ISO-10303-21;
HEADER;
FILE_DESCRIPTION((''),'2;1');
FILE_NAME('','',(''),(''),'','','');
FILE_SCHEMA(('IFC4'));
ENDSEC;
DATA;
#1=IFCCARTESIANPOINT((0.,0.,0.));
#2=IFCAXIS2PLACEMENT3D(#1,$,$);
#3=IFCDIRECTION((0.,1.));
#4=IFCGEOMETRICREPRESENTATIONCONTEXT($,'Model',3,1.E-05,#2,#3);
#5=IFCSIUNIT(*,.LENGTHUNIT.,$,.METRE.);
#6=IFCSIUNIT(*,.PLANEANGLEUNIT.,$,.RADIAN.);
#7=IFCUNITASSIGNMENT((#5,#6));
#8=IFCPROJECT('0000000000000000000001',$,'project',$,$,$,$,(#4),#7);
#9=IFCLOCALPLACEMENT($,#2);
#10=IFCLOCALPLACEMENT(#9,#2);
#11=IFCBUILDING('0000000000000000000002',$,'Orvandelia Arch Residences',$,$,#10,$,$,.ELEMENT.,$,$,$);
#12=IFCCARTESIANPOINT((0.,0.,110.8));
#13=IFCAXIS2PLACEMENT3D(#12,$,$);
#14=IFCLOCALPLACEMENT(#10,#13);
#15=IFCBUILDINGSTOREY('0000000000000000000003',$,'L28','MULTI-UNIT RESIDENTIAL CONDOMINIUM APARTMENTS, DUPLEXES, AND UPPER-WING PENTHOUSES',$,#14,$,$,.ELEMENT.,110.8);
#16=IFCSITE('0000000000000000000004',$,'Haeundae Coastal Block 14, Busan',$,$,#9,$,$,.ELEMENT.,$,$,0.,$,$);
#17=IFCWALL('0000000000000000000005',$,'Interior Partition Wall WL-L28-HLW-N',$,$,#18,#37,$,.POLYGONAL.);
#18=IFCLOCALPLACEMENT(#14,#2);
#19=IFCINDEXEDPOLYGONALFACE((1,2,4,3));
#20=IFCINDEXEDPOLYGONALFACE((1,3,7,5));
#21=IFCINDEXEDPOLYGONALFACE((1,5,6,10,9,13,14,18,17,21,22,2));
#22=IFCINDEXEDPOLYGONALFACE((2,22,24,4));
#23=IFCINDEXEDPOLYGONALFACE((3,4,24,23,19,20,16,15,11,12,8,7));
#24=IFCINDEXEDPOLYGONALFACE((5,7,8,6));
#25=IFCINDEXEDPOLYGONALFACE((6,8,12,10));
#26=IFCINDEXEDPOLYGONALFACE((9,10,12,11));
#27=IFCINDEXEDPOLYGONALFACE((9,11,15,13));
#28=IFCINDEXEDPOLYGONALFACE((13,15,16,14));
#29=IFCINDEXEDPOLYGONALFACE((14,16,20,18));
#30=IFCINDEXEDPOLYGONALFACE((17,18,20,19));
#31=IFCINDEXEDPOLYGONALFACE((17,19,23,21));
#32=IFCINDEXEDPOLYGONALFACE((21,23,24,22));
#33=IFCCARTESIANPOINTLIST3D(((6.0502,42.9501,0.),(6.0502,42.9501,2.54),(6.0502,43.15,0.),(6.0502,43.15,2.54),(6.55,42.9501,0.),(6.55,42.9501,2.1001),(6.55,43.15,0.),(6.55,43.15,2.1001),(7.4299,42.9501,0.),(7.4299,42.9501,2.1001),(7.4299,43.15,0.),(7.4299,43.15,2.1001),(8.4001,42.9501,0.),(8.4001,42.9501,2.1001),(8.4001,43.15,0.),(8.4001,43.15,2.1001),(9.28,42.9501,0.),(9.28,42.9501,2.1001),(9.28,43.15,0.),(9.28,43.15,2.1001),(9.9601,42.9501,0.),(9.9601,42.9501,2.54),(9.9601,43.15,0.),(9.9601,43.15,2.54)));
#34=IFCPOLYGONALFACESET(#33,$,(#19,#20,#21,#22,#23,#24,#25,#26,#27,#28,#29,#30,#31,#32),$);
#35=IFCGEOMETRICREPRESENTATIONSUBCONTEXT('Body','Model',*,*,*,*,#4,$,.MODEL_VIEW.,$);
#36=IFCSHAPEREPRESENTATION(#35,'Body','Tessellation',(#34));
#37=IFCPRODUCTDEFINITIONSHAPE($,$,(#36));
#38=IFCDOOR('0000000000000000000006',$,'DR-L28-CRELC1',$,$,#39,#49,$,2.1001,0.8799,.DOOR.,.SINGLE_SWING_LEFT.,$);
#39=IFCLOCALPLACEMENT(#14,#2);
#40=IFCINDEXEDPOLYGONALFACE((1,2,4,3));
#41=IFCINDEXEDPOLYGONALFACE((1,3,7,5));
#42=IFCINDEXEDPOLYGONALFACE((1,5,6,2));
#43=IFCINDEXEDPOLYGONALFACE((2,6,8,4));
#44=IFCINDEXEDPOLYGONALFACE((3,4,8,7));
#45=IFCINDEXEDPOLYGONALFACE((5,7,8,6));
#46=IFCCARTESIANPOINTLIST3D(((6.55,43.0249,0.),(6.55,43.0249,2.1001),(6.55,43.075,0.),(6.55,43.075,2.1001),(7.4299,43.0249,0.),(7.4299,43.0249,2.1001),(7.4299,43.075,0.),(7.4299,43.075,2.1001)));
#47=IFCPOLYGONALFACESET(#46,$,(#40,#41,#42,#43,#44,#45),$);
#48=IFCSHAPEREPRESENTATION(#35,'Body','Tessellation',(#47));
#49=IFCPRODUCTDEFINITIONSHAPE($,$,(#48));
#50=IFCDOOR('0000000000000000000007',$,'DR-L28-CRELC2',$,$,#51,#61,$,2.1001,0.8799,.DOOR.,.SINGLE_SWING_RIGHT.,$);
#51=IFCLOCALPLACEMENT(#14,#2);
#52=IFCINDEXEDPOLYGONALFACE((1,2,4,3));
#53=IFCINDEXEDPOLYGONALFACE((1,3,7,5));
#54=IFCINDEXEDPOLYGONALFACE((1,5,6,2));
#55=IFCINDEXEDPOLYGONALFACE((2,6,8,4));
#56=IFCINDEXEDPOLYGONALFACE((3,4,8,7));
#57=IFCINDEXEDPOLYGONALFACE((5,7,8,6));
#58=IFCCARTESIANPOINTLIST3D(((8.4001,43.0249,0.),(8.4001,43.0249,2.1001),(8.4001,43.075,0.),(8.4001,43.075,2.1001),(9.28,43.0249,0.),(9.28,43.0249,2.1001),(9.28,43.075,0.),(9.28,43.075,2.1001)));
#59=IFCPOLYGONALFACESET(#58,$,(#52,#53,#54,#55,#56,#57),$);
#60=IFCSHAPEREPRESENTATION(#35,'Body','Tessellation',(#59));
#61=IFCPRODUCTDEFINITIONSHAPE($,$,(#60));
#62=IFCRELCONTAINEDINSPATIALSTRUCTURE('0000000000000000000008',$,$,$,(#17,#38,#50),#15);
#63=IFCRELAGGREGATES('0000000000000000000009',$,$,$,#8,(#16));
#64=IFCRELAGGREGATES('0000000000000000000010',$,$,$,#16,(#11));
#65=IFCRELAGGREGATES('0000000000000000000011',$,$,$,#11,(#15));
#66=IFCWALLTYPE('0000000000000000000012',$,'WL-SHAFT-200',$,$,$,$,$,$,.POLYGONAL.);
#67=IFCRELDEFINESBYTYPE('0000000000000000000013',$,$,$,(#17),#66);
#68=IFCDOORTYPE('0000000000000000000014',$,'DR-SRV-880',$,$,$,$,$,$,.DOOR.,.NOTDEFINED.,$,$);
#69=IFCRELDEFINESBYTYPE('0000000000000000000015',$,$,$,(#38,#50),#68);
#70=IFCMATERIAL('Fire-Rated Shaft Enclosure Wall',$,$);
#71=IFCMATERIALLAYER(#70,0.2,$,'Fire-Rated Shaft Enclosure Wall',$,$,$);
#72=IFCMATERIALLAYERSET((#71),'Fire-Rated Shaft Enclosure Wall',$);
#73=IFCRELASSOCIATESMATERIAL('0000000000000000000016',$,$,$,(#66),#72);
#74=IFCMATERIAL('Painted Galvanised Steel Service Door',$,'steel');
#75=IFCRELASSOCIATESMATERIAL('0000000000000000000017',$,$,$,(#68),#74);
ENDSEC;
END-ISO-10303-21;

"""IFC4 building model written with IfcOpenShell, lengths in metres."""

from ifc_helpers import new_model, si_unit, direction, frame, frame_2d, origin, place, context, subcontext, project, spatial, rectangle, extrude, material, layer, layer_set, type_object, element, fill, save


model = new_model("IFC4")

# Units and contexts
model_context = context("Model", 3, precision=1e-05, world=origin(), true_north=direction((0.0, 1.0)))
body_context = subcontext(model_context, "Body", "Model", "MODEL_VIEW")
ifc_project = project(units=[si_unit("LENGTHUNIT", "METRE"), si_unit("PLANEANGLEUNIT", "RADIAN")], contexts=[model_context])

# Site, building, storey
site_placement = place(None, origin())
site = spatial("IfcSite", under=ifc_project, at=site_placement, Name="Haeundae Coastal Block 14, Busan", CompositionType="ELEMENT", RefElevation=0.0)
building_placement = place(site_placement, origin())
building = spatial("IfcBuilding", under=site, at=building_placement, Name="Orvandelia Arch Residences", CompositionType="ELEMENT")
storey_placement = place(building_placement, frame((0.0, 0.0, 110.8)))
storey = spatial("IfcBuildingStorey", under=building, at=storey_placement, Name="L28", Description="MULTI-UNIT RESIDENTIAL CONDOMINIUM APARTMENTS, DUPLEXES, AND UPPER-WING PENTHOUSES", CompositionType="ELEMENT", Elevation=110.8)

# Wall, openings, doors
ifc_material_1 = material(Name="Fire-Rated Shaft Enclosure Wall")
ifc_layer_1 = layer(ifc_material_1, 0.2, Name="Fire-Rated Shaft Enclosure Wall")
ifc_layer_set_1 = layer_set([ifc_layer_1], Name="Fire-Rated Shaft Enclosure Wall")
wall_type_1 = type_object("IfcWallType", Name="WL-SHAFT-200", PredefinedType="POLYGONAL", material=ifc_layer_set_1)
wall_1_placement = place(storey_placement, frame((6.05, 43.05, 0.0), z_axis=(0.0, 0.0, 1.0), x_axis=(1.0, 0.0, 0.0)))
wall_1 = element("IfcWall", 1, at=wall_1_placement, inside=storey, type_object=wall_type_1, Name="Interior Partition Wall WL-L28-HLW-N", PredefinedType="POLYGONAL", context=body_context, shape_type="SweptSolid", body=[
    extrude(rectangle(XDim=3.9099, YDim=0.2, at=frame_2d((1.9551, 0.0))), origin(), (0.0, 0.0, 1.0), 2.54),
])
opening_1_placement = place(wall_1_placement, frame((0.5, 0.0, 0.0)))
opening_1 = element("IfcOpeningElement", 2, at=opening_1_placement, cuts=wall_1, PredefinedType="OPENING", context=body_context, shape_type="SweptSolid", body=[
    extrude(rectangle(XDim=0.8799, YDim=2.1001, at=frame_2d((0.4399, 1.05))), frame((0.0, 0.1099, 0.0), z_axis=(0.0, -1.0, 0.0), x_axis=(1.0, 0.0, 0.0)), (0.0, 0.0, 1.0), 0.22),
])
opening_2_placement = place(wall_1_placement, frame((2.3501, 0.0, 0.0)))
opening_2 = element("IfcOpeningElement", 3, at=opening_2_placement, cuts=wall_1, PredefinedType="OPENING", context=body_context, shape_type="SweptSolid", body=[
    extrude(rectangle(XDim=0.8799, YDim=2.1001, at=frame_2d((0.4399, 1.05))), frame((0.0, 0.1099, 0.0), z_axis=(0.0, -1.0, 0.0), x_axis=(1.0, 0.0, 0.0)), (0.0, 0.0, 1.0), 0.22),
])
ifc_material_2 = material(Name="Painted Galvanised Steel Service Door", Category="steel")
door_type = type_object("IfcDoorType", Name="DR-SRV-880", OperationType="NOTDEFINED", PredefinedType="DOOR", material=ifc_material_2)
door_1_placement = place(opening_1_placement, origin())
door_1 = element("IfcDoor", 4, at=door_1_placement, inside=storey, type_object=door_type, Name="DR-L28-CRELC1", OperationType="SINGLE_SWING_LEFT", OverallHeight=2.1001, OverallWidth=0.8799, PredefinedType="DOOR", context=body_context, shape_type="SweptSolid", body=[
    extrude(rectangle(XDim=0.8799, YDim=2.1001, at=frame_2d((0.4399, 1.05))), frame((0.0, 0.0249, 0.0), z_axis=(0.0, -1.0, 0.0), x_axis=(1.0, 0.0, 0.0)), (0.0, 0.0, 1.0), 0.05),
])
fill(opening_1, door_1)
door_2_placement = place(opening_2_placement, origin())
door_2 = element("IfcDoor", 5, at=door_2_placement, inside=storey, type_object=door_type, Name="DR-L28-CRELC2", OperationType="SINGLE_SWING_RIGHT", OverallHeight=2.1001, OverallWidth=0.8799, PredefinedType="DOOR", context=body_context, shape_type="SweptSolid", body=[
    extrude(rectangle(XDim=0.8799, YDim=2.1001, at=frame_2d((0.4399, 1.05))), frame((0.0, 0.0249, 0.0), z_axis=(0.0, -1.0, 0.0), x_axis=(1.0, 0.0, 0.0)), (0.0, 0.0, 1.0), 0.05),
])
fill(opening_2, door_2)

save(model, "model.ifc")
